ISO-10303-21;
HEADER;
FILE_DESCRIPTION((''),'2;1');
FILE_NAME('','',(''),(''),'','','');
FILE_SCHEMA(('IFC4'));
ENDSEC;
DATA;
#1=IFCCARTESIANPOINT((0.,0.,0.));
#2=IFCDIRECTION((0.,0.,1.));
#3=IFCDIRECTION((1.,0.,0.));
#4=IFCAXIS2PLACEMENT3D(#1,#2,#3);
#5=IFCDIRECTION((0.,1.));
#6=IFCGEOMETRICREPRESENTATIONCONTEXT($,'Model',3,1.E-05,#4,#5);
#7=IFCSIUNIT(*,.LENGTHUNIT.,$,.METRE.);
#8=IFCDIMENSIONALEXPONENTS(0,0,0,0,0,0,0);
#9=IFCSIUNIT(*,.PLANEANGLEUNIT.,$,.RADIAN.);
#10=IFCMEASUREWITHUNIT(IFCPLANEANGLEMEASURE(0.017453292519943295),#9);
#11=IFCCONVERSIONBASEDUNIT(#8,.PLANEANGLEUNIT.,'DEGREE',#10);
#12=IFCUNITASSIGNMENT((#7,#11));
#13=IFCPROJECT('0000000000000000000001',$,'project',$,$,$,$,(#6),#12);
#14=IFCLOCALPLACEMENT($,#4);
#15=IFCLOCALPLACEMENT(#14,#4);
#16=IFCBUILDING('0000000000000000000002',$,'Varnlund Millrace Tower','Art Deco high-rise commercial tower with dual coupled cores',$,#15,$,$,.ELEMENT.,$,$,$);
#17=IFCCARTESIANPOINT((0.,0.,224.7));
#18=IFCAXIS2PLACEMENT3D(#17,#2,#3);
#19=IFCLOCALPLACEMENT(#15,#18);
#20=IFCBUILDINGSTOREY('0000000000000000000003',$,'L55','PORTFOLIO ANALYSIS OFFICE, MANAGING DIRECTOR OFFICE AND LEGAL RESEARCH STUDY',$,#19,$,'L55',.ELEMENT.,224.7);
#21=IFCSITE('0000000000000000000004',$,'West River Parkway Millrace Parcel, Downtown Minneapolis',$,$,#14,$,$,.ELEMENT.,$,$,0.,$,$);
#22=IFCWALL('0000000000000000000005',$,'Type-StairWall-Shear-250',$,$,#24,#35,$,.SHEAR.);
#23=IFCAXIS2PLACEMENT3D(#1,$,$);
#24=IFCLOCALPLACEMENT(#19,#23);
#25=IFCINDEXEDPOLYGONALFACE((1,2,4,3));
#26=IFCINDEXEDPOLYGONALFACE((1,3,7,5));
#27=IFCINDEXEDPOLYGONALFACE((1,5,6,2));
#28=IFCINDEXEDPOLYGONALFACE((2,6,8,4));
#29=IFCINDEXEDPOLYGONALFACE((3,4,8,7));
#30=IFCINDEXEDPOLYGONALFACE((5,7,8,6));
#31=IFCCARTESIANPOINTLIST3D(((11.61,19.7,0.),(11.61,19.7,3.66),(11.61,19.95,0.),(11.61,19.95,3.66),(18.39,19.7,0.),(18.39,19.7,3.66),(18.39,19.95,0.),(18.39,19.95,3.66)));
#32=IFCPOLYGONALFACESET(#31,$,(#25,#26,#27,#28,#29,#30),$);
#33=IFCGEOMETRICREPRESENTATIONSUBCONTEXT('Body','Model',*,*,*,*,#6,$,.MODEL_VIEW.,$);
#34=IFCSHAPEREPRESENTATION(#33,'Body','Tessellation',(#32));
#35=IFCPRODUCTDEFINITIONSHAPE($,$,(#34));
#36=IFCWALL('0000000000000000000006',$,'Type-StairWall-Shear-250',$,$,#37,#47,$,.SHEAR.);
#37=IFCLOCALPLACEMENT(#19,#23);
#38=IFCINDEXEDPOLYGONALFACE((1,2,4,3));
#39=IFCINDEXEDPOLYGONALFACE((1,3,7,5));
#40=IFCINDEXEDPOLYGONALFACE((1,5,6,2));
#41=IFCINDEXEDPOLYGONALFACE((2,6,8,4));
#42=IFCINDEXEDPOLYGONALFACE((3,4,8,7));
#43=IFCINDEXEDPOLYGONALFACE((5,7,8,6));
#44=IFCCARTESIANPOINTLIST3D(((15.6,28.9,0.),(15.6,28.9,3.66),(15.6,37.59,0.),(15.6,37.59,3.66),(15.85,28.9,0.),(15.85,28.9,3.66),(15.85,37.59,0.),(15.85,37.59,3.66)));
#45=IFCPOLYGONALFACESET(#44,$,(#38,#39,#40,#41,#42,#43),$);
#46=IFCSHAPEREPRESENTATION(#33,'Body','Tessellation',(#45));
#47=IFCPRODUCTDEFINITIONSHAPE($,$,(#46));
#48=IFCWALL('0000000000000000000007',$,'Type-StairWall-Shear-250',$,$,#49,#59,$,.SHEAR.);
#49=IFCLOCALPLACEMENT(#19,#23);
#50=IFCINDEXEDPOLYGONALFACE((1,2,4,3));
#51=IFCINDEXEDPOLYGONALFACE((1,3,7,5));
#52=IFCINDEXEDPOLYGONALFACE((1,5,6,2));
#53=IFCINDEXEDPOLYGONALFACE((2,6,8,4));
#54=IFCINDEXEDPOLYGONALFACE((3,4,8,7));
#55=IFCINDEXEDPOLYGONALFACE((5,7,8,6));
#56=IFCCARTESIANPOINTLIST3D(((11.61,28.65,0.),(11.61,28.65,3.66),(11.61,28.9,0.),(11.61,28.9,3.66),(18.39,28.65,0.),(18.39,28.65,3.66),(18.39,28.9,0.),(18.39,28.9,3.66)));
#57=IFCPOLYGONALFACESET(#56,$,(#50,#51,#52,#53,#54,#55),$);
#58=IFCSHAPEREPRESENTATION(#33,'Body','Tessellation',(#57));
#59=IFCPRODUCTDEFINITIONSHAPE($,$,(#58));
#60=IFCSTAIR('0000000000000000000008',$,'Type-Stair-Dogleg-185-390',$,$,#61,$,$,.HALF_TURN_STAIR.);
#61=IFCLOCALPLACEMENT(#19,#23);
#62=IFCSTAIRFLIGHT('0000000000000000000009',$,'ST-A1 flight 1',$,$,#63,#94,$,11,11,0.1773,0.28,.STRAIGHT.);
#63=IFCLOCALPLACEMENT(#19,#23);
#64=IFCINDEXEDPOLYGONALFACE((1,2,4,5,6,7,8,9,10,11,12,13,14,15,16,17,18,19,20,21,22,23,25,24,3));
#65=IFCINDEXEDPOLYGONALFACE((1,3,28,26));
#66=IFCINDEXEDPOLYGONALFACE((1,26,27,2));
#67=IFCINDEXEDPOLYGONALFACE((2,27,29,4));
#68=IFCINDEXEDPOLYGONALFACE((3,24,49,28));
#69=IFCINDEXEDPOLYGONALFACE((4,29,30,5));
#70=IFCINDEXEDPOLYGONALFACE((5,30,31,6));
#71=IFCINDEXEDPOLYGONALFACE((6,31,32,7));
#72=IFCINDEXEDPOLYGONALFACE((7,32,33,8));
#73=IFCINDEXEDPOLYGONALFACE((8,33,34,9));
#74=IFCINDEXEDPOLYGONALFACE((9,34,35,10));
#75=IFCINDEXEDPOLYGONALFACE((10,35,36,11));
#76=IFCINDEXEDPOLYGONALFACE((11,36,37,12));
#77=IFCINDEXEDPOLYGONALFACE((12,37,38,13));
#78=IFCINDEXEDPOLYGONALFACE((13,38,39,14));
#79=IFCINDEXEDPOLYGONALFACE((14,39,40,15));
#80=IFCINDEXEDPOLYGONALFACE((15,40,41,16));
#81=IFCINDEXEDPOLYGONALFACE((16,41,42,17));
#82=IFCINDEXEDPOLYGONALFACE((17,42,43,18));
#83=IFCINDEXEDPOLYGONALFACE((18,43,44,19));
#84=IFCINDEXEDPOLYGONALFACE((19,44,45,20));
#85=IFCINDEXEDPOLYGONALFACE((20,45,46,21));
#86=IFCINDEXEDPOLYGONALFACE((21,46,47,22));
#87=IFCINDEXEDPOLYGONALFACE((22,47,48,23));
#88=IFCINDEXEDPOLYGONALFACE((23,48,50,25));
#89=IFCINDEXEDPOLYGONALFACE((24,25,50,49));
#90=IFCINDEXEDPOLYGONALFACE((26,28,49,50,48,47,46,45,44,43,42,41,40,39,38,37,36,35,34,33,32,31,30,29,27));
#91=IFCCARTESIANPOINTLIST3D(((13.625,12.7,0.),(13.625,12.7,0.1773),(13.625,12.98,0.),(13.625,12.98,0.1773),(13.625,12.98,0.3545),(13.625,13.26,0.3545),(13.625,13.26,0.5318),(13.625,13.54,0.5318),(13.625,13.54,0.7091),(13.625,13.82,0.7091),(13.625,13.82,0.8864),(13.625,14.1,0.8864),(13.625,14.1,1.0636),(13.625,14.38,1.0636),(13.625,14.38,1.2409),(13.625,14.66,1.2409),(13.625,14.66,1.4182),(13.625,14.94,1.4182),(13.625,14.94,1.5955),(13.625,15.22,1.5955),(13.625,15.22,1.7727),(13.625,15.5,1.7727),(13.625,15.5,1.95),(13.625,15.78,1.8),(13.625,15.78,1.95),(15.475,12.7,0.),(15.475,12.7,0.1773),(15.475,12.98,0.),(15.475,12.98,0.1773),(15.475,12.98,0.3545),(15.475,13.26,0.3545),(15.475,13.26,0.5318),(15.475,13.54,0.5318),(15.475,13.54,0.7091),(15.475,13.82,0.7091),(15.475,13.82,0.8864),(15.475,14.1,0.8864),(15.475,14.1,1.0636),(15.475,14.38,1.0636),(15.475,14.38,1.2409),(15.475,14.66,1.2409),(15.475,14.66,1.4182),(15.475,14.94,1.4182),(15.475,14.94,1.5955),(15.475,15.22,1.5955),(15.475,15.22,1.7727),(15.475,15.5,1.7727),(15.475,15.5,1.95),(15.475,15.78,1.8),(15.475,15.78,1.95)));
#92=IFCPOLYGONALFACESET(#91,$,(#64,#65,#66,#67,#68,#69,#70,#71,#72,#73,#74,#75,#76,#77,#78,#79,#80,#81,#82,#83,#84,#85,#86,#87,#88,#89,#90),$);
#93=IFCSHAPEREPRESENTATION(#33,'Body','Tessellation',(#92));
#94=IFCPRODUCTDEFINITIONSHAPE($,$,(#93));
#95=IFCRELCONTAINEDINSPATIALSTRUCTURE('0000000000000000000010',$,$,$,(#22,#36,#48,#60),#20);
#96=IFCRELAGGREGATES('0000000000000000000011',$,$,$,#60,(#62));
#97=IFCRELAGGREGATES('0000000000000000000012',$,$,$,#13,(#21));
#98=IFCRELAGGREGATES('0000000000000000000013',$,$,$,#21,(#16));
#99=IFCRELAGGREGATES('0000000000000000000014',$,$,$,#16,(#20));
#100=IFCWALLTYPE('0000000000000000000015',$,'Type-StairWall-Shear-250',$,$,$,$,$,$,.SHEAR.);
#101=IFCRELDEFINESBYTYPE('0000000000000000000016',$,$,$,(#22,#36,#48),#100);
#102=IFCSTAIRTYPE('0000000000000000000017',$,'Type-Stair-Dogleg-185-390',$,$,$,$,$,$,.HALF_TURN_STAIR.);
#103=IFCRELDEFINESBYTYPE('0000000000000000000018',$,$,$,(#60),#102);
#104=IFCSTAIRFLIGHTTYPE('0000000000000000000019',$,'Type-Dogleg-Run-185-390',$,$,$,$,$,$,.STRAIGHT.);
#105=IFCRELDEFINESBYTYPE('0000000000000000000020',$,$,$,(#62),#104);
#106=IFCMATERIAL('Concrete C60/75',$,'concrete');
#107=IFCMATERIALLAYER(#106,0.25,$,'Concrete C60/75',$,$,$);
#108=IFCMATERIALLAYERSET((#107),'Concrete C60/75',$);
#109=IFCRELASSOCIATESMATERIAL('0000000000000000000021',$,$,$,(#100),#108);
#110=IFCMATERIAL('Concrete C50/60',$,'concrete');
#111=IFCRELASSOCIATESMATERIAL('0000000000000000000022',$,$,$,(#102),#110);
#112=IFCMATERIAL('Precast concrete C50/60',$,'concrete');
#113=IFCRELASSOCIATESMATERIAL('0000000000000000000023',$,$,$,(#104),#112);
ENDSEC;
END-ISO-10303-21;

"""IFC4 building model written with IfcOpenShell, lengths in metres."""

from ifc_helpers import new_model, entity, si_unit, converted_unit, direction, frame, origin_with_axes, place, context, subcontext, project, spatial, polyline, outline, extrude, material, layer, layer_set, type_object, element, aggregate, save


model = new_model("IFC4")

# Units and contexts
model_context = context("Model", 3, precision=1e-05, world=origin_with_axes(), true_north=direction((0.0, 1.0)))
body_context = subcontext(model_context, "Body", "Model", "MODEL_VIEW")
ifc_project = project(units=[si_unit("LENGTHUNIT", "METRE"), converted_unit("PLANEANGLEUNIT", "DEGREE", entity("IfcPlaneAngleMeasure", 0.017453292519943295), si_unit("PLANEANGLEUNIT", "RADIAN"), dimensions=[0, 0, 0, 0, 0, 0, 0])], contexts=[model_context])

# Site, building, storey
site_placement = place(None, origin_with_axes())
site = spatial("IfcSite", under=ifc_project, at=site_placement, Name="West River Parkway Millrace Parcel, Downtown Minneapolis", CompositionType="ELEMENT", RefElevation=0.0)
building_placement = place(site_placement, origin_with_axes())
building = spatial("IfcBuilding", under=site, at=building_placement, Name="Varnlund Millrace Tower", Description="Art Deco high-rise commercial tower with dual coupled cores", CompositionType="ELEMENT")
storey_placement = place(building_placement, frame((0.0, 0.0, 224.7), z_axis=(0.0, 0.0, 1.0), x_axis=(1.0, 0.0, 0.0)))
storey = spatial("IfcBuildingStorey", under=building, at=storey_placement, Name="L55", Description="PORTFOLIO ANALYSIS OFFICE, MANAGING DIRECTOR OFFICE AND LEGAL RESEARCH STUDY", LongName="L55", CompositionType="ELEMENT", Elevation=224.7)

# Shared definitions
ifc_material_1 = material(Name="Concrete C60/75", Category="concrete")

# Shared definitions
ifc_layer_1 = layer(ifc_material_1, 0.25, Name="Concrete C60/75")
ifc_layer_set_1 = layer_set([ifc_layer_1], Name="Concrete C60/75")

# Walls
wall_type_1 = type_object("IfcWallType", Name="Type-StairWall-Shear-250", PredefinedType="SHEAR", material=ifc_layer_set_1)
wall_1_placement = place(storey_placement, frame((11.61, 19.825, 0.0), z_axis=(0.0, 0.0, 1.0), x_axis=(1.0, 0.0, 0.0)))
element("IfcWall", 1, at=wall_1_placement, inside=storey, type_object=wall_type_1, Name="Type-StairWall-Shear-250", PredefinedType="SHEAR", context=body_context, shape_type="SweptSolid", body=[
    extrude(outline(polyline([(0.0, -0.125), (6.78, -0.125), (6.78, 0.125), (0.0, 0.125), (0.0, -0.125)])), origin_with_axes(), (0.0, 0.0, 1.0), 3.66),
])
wall_2_placement = place(storey_placement, frame((15.725, 28.9, 0.0), z_axis=(0.0, 0.0, 1.0), x_axis=(0.0, 1.0, 0.0)))
element("IfcWall", 2, at=wall_2_placement, inside=storey, type_object=wall_type_1, Name="Type-StairWall-Shear-250", PredefinedType="SHEAR", context=body_context, shape_type="SweptSolid", body=[
    extrude(outline(polyline([(0.0, -0.125), (8.69, -0.125), (8.69, 0.125), (0.0, 0.125), (0.0, -0.125)])), origin_with_axes(), (0.0, 0.0, 1.0), 3.66),
])
wall_3_placement = place(storey_placement, frame((11.61, 28.775, 0.0), z_axis=(0.0, 0.0, 1.0), x_axis=(1.0, 0.0, 0.0)))
element("IfcWall", 3, at=wall_3_placement, inside=storey, type_object=wall_type_1, Name="Type-StairWall-Shear-250", PredefinedType="SHEAR", context=body_context, shape_type="SweptSolid", body=[
    extrude(outline(polyline([(0.0, -0.125), (6.78, -0.125), (6.78, 0.125), (0.0, 0.125), (0.0, -0.125)])), origin_with_axes(), (0.0, 0.0, 1.0), 3.66),
])

# Stair, stair flight
ifc_material_2 = material(Name="Concrete C50/60", Category="concrete")
stair_type = type_object("IfcStairType", Name="Type-Stair-Dogleg-185-390", PredefinedType="HALF_TURN_STAIR", material=ifc_material_2)
stair_placement = place(storey_placement, origin_with_axes())
stair = element("IfcStair", 4, at=stair_placement, inside=storey, type_object=stair_type, Name="Type-Stair-Dogleg-185-390", PredefinedType="HALF_TURN_STAIR")
ifc_material_3 = material(Name="Precast concrete C50/60", Category="concrete")
stair_flight_type = type_object("IfcStairFlightType", Name="Type-Dogleg-Run-185-390", PredefinedType="STRAIGHT", material=ifc_material_3)
stair_flight_placement = place(storey_placement, frame((13.625, 12.7, 0.0), z_axis=(1.0, 0.0, 0.0), x_axis=(0.0, 1.0, 0.0)))
stair_flight = element("IfcStairFlight", 5, at=stair_flight_placement, type_object=stair_flight_type, Name="ST-A1 flight 1", NumberOfRisers=11, NumberOfTreads=11, PredefinedType="STRAIGHT", RiserHeight=0.1773, TreadLength=0.28, context=body_context, shape_type="SweptSolid", body=[
    extrude(outline(polyline([(0.0, 0.0), (0.0, 0.1773), (0.28, 0.1773), (0.28, 0.3545), (0.56, 0.3545), (0.56, 0.5318), (0.84, 0.5318), (0.84, 0.7091), (1.12, 0.7091), (1.12, 0.8864), (1.4, 0.8864), (1.4, 1.0636), (1.68, 1.0636), (1.68, 1.2409), (1.96, 1.2409), (1.96, 1.4182), (2.24, 1.4182), (2.24, 1.5955), (2.52, 1.5955), (2.52, 1.7727), (2.8, 1.7727), (2.8, 1.95), (3.08, 1.95), (3.08, 1.8), (0.28, 0.0), (0.0, 0.0)])), origin_with_axes(), (0.0, 0.0, 1.0), 1.85),
])
aggregate(stair, [stair_flight])

save(model, "model.ifc")
